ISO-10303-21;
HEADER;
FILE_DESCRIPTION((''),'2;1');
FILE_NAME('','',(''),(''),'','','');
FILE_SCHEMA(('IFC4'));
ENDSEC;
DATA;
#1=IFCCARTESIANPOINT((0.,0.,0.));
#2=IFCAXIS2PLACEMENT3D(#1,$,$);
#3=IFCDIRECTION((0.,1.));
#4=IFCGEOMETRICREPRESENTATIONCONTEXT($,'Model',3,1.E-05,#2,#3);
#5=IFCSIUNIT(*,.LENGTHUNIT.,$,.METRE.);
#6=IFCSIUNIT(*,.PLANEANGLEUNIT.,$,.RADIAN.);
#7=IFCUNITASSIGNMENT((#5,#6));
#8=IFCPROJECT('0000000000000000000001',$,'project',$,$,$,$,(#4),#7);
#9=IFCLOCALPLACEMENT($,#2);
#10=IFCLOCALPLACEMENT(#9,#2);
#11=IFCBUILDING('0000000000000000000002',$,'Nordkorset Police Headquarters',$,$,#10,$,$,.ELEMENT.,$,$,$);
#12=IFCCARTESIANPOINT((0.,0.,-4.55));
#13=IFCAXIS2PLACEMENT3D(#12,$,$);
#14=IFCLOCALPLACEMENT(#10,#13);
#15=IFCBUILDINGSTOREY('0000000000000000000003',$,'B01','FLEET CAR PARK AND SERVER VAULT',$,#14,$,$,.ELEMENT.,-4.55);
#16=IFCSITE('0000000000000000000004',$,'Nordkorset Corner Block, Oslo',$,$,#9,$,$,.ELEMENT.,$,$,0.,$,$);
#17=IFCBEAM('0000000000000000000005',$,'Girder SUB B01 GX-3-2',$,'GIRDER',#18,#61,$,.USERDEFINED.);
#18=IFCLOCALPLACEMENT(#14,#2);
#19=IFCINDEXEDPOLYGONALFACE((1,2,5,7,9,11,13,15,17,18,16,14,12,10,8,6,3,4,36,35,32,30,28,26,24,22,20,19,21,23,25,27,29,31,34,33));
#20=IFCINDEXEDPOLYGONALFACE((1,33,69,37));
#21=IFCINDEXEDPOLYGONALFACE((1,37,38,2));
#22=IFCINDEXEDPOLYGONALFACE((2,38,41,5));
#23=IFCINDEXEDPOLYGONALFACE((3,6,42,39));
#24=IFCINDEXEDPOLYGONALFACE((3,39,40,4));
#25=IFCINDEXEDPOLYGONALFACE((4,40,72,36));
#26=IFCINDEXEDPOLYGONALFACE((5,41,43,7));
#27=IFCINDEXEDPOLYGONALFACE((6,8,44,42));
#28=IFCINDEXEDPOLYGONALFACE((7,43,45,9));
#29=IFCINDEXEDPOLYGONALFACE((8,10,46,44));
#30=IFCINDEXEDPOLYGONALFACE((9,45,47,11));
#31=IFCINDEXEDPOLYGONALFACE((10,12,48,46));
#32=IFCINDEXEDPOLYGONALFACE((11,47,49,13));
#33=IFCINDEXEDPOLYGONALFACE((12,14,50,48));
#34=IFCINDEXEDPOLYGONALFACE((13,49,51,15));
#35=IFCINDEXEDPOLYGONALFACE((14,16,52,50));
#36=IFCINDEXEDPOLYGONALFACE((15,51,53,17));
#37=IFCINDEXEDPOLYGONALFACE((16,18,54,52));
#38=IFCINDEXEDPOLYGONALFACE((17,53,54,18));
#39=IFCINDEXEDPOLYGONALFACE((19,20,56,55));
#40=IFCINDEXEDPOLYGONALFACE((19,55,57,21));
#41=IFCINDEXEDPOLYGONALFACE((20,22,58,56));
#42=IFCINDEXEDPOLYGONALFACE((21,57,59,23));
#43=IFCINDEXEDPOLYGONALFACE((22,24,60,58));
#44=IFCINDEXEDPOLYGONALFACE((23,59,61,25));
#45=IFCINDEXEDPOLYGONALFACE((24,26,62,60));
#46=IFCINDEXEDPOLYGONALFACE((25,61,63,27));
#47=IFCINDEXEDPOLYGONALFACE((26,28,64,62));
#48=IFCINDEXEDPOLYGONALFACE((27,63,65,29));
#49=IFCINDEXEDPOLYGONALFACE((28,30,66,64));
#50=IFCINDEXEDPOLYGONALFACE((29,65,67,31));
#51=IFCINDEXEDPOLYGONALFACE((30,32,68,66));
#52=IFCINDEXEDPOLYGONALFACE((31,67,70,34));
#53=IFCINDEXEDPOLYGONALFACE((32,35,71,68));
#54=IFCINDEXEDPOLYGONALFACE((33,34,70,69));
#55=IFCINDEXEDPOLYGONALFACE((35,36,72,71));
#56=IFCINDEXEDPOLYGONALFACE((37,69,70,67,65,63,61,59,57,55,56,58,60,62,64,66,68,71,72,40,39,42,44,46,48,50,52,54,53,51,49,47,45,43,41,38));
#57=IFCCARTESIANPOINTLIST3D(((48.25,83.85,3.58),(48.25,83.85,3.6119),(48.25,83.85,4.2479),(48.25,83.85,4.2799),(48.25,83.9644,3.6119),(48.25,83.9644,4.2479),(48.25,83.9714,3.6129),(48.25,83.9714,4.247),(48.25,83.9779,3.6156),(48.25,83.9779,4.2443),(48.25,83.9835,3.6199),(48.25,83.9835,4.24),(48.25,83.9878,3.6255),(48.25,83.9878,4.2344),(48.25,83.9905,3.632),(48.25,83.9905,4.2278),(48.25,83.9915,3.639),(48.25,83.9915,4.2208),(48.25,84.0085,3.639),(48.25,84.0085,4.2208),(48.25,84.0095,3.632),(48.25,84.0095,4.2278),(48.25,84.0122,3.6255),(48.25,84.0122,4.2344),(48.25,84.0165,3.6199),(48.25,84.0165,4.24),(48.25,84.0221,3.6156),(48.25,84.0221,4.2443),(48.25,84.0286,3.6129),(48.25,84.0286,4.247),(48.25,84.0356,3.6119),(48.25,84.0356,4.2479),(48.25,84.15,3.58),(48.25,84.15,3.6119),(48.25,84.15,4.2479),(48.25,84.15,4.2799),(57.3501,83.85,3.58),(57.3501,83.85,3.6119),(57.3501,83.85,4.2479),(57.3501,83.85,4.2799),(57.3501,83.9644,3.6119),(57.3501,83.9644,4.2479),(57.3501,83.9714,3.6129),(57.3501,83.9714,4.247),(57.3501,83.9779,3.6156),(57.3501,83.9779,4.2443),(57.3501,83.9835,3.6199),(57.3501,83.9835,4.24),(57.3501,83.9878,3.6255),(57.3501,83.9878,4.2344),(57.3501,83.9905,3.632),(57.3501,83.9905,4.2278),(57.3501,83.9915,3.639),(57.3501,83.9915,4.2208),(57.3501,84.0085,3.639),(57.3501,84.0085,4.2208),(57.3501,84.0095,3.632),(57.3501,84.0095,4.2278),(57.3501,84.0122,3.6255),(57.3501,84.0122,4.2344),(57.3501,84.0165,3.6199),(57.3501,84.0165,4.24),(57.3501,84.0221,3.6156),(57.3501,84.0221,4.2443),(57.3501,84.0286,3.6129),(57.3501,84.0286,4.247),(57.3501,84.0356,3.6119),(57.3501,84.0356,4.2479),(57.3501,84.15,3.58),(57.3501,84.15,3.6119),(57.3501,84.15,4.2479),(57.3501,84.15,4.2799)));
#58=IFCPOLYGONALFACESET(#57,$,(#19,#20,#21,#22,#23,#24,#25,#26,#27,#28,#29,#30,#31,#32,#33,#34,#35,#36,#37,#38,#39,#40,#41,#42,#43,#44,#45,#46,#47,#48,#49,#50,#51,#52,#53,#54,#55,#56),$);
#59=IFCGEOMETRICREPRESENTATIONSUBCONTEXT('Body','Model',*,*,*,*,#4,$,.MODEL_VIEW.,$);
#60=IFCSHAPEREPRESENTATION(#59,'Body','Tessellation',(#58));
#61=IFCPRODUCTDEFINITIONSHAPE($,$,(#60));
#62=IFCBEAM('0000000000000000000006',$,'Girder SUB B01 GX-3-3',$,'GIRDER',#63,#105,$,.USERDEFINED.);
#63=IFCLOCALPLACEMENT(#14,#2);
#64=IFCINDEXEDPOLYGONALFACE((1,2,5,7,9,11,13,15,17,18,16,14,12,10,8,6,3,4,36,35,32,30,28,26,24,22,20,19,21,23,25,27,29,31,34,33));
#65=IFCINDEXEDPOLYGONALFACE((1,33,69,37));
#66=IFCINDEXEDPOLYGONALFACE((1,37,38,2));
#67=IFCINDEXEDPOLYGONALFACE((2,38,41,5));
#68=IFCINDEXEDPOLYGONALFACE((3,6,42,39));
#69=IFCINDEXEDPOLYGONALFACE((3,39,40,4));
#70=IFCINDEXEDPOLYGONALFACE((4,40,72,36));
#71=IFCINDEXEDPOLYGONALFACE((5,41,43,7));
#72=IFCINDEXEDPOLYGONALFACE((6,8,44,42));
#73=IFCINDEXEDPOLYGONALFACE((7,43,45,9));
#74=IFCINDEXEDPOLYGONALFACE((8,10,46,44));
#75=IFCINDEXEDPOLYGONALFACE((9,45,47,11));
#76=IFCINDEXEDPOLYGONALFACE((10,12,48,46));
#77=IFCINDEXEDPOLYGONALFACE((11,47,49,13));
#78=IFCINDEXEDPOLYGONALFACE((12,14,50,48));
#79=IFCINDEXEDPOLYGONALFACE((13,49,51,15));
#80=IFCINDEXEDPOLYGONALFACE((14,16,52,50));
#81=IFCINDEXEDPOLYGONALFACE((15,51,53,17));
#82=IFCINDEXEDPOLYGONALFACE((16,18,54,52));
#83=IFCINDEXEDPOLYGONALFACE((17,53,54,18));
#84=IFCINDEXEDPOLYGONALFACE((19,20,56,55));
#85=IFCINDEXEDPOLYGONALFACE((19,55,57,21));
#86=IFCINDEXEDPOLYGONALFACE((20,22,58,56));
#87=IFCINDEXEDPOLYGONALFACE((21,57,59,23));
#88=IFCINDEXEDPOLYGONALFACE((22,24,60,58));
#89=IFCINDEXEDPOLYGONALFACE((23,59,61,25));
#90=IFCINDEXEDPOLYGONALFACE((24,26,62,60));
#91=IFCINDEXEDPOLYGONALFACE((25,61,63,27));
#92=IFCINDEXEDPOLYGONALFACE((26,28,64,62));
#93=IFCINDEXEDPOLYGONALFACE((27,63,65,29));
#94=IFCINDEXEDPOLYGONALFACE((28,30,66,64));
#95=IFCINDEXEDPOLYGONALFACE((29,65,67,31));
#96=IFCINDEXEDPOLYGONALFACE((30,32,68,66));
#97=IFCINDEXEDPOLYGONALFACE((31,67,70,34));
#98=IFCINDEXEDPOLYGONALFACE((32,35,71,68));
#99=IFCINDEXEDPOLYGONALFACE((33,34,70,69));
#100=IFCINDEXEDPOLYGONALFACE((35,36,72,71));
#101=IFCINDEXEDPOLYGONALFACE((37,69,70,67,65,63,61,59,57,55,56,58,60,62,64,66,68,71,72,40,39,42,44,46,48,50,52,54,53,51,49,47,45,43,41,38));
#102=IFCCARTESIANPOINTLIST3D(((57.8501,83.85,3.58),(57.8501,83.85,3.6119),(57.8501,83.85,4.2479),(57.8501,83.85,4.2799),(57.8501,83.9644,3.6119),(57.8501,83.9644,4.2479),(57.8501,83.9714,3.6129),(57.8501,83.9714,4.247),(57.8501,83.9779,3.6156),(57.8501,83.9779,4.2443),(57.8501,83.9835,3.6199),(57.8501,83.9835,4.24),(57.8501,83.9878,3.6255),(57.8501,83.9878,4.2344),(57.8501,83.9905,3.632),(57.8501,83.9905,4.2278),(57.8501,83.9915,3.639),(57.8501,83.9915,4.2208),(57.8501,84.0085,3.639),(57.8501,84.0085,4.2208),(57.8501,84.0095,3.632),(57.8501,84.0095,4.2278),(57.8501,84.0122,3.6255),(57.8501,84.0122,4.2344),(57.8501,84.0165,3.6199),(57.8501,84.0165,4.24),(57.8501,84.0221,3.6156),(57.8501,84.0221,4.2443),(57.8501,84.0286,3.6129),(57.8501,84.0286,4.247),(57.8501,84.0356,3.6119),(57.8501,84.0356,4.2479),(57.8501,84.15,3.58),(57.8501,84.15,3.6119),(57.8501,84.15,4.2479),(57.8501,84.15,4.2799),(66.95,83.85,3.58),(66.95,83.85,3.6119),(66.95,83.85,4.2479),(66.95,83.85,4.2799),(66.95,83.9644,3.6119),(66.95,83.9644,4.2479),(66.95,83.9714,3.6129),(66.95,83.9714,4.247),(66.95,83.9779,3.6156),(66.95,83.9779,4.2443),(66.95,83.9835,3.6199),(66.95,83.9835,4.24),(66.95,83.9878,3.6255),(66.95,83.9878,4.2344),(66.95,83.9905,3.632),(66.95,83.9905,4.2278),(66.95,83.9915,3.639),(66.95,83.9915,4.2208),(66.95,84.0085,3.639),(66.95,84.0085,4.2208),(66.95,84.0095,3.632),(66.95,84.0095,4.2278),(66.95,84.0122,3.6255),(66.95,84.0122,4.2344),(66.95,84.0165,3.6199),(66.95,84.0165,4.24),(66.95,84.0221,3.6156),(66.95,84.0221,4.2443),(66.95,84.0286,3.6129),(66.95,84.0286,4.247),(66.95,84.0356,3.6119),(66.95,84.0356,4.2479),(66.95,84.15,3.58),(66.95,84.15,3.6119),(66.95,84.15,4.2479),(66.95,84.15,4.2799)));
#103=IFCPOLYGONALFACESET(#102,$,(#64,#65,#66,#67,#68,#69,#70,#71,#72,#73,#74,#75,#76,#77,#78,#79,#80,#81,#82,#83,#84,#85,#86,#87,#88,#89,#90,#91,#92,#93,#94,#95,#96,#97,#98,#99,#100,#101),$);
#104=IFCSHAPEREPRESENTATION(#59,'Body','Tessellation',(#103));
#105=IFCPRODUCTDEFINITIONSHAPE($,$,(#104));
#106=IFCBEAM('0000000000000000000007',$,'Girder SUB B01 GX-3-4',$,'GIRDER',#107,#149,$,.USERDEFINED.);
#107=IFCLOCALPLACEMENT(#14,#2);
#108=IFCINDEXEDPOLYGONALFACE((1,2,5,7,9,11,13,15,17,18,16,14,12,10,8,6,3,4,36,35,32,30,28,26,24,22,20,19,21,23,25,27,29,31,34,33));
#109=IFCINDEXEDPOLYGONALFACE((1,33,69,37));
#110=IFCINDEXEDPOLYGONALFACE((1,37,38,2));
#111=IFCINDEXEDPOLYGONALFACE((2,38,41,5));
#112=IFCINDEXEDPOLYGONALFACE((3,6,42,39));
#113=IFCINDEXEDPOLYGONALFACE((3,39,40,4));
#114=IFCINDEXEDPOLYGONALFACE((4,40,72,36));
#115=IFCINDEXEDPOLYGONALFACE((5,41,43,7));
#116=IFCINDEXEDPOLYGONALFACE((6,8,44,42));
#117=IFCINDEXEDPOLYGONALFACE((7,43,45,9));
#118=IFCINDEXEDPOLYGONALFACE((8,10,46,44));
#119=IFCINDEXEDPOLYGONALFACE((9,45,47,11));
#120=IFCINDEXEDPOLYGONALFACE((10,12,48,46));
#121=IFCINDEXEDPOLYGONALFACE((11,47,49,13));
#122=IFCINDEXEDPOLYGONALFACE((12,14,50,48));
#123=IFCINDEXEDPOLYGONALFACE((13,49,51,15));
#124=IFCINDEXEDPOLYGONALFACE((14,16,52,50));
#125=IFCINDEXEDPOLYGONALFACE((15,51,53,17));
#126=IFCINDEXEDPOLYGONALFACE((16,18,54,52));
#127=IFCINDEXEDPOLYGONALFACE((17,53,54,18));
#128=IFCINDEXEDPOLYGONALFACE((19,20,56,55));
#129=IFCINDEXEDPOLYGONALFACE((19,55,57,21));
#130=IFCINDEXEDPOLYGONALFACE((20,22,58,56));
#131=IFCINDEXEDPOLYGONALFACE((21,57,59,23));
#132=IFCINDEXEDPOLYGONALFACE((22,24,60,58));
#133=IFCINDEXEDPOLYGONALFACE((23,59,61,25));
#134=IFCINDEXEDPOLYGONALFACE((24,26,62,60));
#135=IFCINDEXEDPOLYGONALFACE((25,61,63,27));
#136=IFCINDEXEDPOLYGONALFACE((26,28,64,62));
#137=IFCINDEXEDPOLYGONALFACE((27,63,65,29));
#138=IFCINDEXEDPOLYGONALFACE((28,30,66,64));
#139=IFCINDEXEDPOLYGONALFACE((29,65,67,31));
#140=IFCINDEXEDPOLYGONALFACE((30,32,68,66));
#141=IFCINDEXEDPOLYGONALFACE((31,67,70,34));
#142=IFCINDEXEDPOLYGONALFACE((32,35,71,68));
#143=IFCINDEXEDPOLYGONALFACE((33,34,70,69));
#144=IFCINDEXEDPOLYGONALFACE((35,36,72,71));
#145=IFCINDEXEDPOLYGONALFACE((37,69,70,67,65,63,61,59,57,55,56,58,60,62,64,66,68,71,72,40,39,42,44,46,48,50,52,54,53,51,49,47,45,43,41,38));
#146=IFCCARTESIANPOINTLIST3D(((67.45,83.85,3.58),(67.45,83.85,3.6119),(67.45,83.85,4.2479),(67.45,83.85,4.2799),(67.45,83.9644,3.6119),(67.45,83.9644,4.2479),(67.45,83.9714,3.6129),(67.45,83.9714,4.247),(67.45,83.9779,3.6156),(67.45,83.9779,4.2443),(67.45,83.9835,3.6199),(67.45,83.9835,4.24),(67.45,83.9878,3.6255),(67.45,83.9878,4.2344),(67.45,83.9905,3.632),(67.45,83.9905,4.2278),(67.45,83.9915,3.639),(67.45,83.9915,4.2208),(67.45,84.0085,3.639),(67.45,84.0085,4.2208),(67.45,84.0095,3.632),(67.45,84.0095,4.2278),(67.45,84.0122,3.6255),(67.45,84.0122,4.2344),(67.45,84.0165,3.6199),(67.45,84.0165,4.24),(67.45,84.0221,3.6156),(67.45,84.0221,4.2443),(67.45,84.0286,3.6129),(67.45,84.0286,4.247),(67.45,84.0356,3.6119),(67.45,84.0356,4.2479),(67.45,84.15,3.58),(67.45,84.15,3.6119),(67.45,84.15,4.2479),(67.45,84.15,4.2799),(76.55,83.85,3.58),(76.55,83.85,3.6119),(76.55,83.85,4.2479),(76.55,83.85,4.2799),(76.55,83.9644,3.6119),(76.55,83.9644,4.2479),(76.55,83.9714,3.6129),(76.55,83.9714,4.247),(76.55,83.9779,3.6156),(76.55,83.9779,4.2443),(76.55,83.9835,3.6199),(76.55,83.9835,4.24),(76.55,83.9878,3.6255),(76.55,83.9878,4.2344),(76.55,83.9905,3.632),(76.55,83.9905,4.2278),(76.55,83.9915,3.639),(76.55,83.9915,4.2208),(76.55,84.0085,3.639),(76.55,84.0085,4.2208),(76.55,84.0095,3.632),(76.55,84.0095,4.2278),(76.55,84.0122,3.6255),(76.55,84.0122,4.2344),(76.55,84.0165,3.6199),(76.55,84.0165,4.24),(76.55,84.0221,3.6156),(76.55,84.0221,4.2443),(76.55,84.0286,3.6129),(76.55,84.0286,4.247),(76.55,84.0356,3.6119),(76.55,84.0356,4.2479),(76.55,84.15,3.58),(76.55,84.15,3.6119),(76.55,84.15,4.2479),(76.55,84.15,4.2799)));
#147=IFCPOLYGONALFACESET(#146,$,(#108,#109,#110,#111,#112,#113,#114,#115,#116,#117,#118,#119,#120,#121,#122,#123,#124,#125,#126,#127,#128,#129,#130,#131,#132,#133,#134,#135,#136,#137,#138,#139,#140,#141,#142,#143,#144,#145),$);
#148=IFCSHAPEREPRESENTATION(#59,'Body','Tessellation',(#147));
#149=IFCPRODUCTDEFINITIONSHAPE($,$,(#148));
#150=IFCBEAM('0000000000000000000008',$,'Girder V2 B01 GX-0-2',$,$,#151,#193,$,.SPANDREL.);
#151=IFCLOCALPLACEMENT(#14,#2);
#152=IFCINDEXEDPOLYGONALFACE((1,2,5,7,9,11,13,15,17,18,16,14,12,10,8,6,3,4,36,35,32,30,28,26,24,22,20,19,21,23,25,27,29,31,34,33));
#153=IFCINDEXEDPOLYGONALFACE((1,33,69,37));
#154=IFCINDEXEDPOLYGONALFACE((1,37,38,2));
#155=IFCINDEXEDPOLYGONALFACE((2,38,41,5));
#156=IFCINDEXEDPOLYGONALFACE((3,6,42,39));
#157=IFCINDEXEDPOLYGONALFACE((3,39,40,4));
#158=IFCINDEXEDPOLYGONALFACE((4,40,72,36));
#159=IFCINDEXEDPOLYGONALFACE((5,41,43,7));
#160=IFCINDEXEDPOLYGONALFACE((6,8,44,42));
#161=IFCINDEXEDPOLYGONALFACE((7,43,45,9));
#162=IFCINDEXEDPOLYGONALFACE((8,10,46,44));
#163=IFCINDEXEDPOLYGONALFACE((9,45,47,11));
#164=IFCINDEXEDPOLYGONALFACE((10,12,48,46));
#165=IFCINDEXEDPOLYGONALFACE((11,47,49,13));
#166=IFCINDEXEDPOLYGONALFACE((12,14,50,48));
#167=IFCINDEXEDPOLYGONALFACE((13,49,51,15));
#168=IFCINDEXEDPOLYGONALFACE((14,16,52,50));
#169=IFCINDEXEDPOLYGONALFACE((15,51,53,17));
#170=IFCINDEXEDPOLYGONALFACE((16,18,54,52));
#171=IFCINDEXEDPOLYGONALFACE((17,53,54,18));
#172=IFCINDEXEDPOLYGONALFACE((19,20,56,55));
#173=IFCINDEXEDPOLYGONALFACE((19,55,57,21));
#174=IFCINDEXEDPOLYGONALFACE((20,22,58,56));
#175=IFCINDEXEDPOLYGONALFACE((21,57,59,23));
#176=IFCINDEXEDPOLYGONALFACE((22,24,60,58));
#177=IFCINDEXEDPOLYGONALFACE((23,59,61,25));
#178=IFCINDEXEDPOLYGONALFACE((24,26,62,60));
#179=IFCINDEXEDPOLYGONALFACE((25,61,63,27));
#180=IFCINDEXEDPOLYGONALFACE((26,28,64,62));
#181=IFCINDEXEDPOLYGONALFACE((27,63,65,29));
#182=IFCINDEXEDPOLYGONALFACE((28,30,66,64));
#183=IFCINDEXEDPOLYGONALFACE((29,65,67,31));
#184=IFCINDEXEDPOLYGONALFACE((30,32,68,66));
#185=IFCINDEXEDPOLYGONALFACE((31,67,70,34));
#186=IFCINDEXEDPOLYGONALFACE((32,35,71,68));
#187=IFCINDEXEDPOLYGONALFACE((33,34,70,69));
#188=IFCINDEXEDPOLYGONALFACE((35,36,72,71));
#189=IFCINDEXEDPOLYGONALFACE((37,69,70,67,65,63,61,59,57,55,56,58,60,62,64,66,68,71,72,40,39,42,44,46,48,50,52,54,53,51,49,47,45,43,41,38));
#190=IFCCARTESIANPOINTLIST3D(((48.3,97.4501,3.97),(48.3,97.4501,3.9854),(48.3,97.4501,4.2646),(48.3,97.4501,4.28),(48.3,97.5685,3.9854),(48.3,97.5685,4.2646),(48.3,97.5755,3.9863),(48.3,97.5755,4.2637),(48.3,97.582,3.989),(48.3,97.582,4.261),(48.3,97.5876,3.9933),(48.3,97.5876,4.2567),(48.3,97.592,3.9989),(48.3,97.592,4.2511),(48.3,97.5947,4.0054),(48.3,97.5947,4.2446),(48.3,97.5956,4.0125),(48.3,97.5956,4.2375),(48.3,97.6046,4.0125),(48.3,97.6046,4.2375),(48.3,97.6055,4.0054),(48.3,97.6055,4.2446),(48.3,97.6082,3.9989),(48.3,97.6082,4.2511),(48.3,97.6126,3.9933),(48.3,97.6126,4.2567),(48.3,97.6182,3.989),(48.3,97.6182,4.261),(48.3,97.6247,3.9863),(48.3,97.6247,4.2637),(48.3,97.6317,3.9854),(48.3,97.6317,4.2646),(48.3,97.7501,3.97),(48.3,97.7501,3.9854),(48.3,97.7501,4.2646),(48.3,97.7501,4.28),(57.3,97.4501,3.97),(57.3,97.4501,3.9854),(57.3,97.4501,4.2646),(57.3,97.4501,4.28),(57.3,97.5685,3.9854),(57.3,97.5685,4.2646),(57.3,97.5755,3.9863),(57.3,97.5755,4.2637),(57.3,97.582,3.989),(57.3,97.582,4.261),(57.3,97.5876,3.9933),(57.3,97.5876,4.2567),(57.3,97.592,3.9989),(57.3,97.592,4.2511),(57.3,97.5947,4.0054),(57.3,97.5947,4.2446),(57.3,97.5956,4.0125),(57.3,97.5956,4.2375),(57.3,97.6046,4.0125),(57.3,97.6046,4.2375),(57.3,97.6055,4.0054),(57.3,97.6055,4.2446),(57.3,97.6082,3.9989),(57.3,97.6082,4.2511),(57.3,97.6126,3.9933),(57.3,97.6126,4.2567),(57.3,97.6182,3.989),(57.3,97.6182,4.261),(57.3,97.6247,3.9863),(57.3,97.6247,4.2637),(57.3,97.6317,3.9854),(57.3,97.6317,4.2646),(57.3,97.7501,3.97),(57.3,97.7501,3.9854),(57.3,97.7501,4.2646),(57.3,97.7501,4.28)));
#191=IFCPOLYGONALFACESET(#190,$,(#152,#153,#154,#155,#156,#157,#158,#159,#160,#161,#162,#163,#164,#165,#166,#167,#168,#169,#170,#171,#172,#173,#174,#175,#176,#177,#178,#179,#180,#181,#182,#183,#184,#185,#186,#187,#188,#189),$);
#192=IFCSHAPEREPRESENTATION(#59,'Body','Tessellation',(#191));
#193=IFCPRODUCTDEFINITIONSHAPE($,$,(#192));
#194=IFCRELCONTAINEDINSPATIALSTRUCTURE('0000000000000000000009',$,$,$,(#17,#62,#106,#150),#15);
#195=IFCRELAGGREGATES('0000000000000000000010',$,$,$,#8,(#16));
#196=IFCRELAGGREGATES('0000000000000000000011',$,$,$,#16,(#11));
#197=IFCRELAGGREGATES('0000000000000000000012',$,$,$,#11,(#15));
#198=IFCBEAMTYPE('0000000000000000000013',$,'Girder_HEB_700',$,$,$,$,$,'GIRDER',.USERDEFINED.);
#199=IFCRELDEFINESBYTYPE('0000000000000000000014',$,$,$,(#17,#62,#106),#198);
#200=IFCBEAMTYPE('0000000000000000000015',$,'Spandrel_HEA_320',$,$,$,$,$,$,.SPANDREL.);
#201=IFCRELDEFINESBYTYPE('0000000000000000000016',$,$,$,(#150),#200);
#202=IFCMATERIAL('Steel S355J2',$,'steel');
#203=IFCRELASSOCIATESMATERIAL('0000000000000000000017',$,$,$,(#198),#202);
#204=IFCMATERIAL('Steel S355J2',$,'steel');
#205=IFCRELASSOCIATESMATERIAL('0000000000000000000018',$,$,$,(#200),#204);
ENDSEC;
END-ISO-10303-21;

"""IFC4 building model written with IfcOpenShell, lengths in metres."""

from ifc_helpers import new_model, si_unit, direction, frame, origin, origin_2d, place, context, subcontext, project, spatial, i_section, extrude, material, material_profile, profile_set, type_object, element, save


model = new_model("IFC4")

# Units and contexts
model_context = context("Model", 3, precision=1e-05, world=origin(), true_north=direction((0.0, 1.0)))
body_context = subcontext(model_context, "Body", "Model", "MODEL_VIEW")
ifc_project = project(units=[si_unit("LENGTHUNIT", "METRE"), si_unit("PLANEANGLEUNIT", "RADIAN")], contexts=[model_context])

# Site, building, storey
site_placement = place(None, origin())
site = spatial("IfcSite", under=ifc_project, at=site_placement, Name="Nordkorset Corner Block, Oslo", CompositionType="ELEMENT", RefElevation=0.0)
building_placement = place(site_placement, origin())
building = spatial("IfcBuilding", under=site, at=building_placement, Name="Nordkorset Police Headquarters", CompositionType="ELEMENT")
storey_placement = place(building_placement, frame((0.0, 0.0, -4.55)))
storey = spatial("IfcBuildingStorey", under=building, at=storey_placement, Name="B01", Description="FLEET CAR PARK AND SERVER VAULT", CompositionType="ELEMENT", Elevation=-4.55)

# Beams
ifc_material_1 = material(Name="Steel S355J2", Category="steel")
ifc_material_profile_1 = material_profile(ifc_material_1, i_section(OverallWidth=0.3, OverallDepth=0.7, WebThickness=0.0171, FlangeThickness=0.032, FilletRadius=0.0271, at=origin_2d()), Name="HEB 700")
ifc_profile_set_1 = profile_set([ifc_material_profile_1], Name="Steel S355J2")
beam_type_1 = type_object("IfcBeamType", Name="Girder_HEB_700", ElementType="GIRDER", PredefinedType="USERDEFINED", material=ifc_profile_set_1)
beam_1_placement = place(storey_placement, frame((48.25, 84.0, 3.9299), z_axis=(1.0, 0.0, 0.0), x_axis=(0.0, 1.0, 0.0)))
element("IfcBeam", 1, at=beam_1_placement, inside=storey, type_object=beam_type_1, Name="Girder SUB B01 GX-3-2", ObjectType="GIRDER", PredefinedType="USERDEFINED", context=body_context, shape_type="SweptSolid", body=[
    extrude(i_section(OverallWidth=0.3, OverallDepth=0.7, WebThickness=0.0171, FlangeThickness=0.032, FilletRadius=0.0271, at=origin_2d()), origin(), (0.0, 0.0, 1.0), 9.1001),
])
beam_2_placement = place(storey_placement, frame((57.8501, 84.0, 3.9299), z_axis=(1.0, 0.0, 0.0), x_axis=(0.0, 1.0, 0.0)))
element("IfcBeam", 2, at=beam_2_placement, inside=storey, type_object=beam_type_1, Name="Girder SUB B01 GX-3-3", ObjectType="GIRDER", PredefinedType="USERDEFINED", context=body_context, shape_type="SweptSolid", body=[
    extrude(i_section(OverallWidth=0.3, OverallDepth=0.7, WebThickness=0.0171, FlangeThickness=0.032, FilletRadius=0.0271, at=origin_2d()), origin(), (0.0, 0.0, 1.0), 9.0999),
])
beam_3_placement = place(storey_placement, frame((67.45, 84.0, 3.9299), z_axis=(1.0, 0.0, 0.0), x_axis=(0.0, 1.0, 0.0)))
element("IfcBeam", 3, at=beam_3_placement, inside=storey, type_object=beam_type_1, Name="Girder SUB B01 GX-3-4", ObjectType="GIRDER", PredefinedType="USERDEFINED", context=body_context, shape_type="SweptSolid", body=[
    extrude(i_section(OverallWidth=0.3, OverallDepth=0.7, WebThickness=0.0171, FlangeThickness=0.032, FilletRadius=0.0271, at=origin_2d()), origin(), (0.0, 0.0, 1.0), 9.1001),
])
ifc_material_2 = material(Name="Steel S355J2", Category="steel")
ifc_material_profile_2 = material_profile(ifc_material_2, i_section(OverallWidth=0.3, OverallDepth=0.3101, WebThickness=0.009, FlangeThickness=0.0154, FilletRadius=0.0271, at=origin_2d()), Name="HEA 320")
ifc_profile_set_2 = profile_set([ifc_material_profile_2], Name="Steel S355J2")
beam_type_2 = type_object("IfcBeamType", Name="Spandrel_HEA_320", PredefinedType="SPANDREL", material=ifc_profile_set_2)
for number, where, z_axis, x_axis, name in (
    (4, (48.3, 97.6001, 4.125), (1.0, 0.0, 0.0), (0.0, 1.0, 0.0), "Girder V2 B01 GX-0-2"),
):
    element("IfcBeam", number, at=place(storey_placement, frame(where, z_axis=z_axis, x_axis=x_axis)), inside=storey, type_object=beam_type_2, Name=name, PredefinedType="SPANDREL", context=body_context, shape_type="SweptSolid", body=[
        extrude(i_section(OverallWidth=0.3, OverallDepth=0.3101, WebThickness=0.009, FlangeThickness=0.0154, FilletRadius=0.0271, at=origin_2d()), origin(), (0.0, 0.0, 1.0), 9.0),
    ])

save(model, "model.ifc")
